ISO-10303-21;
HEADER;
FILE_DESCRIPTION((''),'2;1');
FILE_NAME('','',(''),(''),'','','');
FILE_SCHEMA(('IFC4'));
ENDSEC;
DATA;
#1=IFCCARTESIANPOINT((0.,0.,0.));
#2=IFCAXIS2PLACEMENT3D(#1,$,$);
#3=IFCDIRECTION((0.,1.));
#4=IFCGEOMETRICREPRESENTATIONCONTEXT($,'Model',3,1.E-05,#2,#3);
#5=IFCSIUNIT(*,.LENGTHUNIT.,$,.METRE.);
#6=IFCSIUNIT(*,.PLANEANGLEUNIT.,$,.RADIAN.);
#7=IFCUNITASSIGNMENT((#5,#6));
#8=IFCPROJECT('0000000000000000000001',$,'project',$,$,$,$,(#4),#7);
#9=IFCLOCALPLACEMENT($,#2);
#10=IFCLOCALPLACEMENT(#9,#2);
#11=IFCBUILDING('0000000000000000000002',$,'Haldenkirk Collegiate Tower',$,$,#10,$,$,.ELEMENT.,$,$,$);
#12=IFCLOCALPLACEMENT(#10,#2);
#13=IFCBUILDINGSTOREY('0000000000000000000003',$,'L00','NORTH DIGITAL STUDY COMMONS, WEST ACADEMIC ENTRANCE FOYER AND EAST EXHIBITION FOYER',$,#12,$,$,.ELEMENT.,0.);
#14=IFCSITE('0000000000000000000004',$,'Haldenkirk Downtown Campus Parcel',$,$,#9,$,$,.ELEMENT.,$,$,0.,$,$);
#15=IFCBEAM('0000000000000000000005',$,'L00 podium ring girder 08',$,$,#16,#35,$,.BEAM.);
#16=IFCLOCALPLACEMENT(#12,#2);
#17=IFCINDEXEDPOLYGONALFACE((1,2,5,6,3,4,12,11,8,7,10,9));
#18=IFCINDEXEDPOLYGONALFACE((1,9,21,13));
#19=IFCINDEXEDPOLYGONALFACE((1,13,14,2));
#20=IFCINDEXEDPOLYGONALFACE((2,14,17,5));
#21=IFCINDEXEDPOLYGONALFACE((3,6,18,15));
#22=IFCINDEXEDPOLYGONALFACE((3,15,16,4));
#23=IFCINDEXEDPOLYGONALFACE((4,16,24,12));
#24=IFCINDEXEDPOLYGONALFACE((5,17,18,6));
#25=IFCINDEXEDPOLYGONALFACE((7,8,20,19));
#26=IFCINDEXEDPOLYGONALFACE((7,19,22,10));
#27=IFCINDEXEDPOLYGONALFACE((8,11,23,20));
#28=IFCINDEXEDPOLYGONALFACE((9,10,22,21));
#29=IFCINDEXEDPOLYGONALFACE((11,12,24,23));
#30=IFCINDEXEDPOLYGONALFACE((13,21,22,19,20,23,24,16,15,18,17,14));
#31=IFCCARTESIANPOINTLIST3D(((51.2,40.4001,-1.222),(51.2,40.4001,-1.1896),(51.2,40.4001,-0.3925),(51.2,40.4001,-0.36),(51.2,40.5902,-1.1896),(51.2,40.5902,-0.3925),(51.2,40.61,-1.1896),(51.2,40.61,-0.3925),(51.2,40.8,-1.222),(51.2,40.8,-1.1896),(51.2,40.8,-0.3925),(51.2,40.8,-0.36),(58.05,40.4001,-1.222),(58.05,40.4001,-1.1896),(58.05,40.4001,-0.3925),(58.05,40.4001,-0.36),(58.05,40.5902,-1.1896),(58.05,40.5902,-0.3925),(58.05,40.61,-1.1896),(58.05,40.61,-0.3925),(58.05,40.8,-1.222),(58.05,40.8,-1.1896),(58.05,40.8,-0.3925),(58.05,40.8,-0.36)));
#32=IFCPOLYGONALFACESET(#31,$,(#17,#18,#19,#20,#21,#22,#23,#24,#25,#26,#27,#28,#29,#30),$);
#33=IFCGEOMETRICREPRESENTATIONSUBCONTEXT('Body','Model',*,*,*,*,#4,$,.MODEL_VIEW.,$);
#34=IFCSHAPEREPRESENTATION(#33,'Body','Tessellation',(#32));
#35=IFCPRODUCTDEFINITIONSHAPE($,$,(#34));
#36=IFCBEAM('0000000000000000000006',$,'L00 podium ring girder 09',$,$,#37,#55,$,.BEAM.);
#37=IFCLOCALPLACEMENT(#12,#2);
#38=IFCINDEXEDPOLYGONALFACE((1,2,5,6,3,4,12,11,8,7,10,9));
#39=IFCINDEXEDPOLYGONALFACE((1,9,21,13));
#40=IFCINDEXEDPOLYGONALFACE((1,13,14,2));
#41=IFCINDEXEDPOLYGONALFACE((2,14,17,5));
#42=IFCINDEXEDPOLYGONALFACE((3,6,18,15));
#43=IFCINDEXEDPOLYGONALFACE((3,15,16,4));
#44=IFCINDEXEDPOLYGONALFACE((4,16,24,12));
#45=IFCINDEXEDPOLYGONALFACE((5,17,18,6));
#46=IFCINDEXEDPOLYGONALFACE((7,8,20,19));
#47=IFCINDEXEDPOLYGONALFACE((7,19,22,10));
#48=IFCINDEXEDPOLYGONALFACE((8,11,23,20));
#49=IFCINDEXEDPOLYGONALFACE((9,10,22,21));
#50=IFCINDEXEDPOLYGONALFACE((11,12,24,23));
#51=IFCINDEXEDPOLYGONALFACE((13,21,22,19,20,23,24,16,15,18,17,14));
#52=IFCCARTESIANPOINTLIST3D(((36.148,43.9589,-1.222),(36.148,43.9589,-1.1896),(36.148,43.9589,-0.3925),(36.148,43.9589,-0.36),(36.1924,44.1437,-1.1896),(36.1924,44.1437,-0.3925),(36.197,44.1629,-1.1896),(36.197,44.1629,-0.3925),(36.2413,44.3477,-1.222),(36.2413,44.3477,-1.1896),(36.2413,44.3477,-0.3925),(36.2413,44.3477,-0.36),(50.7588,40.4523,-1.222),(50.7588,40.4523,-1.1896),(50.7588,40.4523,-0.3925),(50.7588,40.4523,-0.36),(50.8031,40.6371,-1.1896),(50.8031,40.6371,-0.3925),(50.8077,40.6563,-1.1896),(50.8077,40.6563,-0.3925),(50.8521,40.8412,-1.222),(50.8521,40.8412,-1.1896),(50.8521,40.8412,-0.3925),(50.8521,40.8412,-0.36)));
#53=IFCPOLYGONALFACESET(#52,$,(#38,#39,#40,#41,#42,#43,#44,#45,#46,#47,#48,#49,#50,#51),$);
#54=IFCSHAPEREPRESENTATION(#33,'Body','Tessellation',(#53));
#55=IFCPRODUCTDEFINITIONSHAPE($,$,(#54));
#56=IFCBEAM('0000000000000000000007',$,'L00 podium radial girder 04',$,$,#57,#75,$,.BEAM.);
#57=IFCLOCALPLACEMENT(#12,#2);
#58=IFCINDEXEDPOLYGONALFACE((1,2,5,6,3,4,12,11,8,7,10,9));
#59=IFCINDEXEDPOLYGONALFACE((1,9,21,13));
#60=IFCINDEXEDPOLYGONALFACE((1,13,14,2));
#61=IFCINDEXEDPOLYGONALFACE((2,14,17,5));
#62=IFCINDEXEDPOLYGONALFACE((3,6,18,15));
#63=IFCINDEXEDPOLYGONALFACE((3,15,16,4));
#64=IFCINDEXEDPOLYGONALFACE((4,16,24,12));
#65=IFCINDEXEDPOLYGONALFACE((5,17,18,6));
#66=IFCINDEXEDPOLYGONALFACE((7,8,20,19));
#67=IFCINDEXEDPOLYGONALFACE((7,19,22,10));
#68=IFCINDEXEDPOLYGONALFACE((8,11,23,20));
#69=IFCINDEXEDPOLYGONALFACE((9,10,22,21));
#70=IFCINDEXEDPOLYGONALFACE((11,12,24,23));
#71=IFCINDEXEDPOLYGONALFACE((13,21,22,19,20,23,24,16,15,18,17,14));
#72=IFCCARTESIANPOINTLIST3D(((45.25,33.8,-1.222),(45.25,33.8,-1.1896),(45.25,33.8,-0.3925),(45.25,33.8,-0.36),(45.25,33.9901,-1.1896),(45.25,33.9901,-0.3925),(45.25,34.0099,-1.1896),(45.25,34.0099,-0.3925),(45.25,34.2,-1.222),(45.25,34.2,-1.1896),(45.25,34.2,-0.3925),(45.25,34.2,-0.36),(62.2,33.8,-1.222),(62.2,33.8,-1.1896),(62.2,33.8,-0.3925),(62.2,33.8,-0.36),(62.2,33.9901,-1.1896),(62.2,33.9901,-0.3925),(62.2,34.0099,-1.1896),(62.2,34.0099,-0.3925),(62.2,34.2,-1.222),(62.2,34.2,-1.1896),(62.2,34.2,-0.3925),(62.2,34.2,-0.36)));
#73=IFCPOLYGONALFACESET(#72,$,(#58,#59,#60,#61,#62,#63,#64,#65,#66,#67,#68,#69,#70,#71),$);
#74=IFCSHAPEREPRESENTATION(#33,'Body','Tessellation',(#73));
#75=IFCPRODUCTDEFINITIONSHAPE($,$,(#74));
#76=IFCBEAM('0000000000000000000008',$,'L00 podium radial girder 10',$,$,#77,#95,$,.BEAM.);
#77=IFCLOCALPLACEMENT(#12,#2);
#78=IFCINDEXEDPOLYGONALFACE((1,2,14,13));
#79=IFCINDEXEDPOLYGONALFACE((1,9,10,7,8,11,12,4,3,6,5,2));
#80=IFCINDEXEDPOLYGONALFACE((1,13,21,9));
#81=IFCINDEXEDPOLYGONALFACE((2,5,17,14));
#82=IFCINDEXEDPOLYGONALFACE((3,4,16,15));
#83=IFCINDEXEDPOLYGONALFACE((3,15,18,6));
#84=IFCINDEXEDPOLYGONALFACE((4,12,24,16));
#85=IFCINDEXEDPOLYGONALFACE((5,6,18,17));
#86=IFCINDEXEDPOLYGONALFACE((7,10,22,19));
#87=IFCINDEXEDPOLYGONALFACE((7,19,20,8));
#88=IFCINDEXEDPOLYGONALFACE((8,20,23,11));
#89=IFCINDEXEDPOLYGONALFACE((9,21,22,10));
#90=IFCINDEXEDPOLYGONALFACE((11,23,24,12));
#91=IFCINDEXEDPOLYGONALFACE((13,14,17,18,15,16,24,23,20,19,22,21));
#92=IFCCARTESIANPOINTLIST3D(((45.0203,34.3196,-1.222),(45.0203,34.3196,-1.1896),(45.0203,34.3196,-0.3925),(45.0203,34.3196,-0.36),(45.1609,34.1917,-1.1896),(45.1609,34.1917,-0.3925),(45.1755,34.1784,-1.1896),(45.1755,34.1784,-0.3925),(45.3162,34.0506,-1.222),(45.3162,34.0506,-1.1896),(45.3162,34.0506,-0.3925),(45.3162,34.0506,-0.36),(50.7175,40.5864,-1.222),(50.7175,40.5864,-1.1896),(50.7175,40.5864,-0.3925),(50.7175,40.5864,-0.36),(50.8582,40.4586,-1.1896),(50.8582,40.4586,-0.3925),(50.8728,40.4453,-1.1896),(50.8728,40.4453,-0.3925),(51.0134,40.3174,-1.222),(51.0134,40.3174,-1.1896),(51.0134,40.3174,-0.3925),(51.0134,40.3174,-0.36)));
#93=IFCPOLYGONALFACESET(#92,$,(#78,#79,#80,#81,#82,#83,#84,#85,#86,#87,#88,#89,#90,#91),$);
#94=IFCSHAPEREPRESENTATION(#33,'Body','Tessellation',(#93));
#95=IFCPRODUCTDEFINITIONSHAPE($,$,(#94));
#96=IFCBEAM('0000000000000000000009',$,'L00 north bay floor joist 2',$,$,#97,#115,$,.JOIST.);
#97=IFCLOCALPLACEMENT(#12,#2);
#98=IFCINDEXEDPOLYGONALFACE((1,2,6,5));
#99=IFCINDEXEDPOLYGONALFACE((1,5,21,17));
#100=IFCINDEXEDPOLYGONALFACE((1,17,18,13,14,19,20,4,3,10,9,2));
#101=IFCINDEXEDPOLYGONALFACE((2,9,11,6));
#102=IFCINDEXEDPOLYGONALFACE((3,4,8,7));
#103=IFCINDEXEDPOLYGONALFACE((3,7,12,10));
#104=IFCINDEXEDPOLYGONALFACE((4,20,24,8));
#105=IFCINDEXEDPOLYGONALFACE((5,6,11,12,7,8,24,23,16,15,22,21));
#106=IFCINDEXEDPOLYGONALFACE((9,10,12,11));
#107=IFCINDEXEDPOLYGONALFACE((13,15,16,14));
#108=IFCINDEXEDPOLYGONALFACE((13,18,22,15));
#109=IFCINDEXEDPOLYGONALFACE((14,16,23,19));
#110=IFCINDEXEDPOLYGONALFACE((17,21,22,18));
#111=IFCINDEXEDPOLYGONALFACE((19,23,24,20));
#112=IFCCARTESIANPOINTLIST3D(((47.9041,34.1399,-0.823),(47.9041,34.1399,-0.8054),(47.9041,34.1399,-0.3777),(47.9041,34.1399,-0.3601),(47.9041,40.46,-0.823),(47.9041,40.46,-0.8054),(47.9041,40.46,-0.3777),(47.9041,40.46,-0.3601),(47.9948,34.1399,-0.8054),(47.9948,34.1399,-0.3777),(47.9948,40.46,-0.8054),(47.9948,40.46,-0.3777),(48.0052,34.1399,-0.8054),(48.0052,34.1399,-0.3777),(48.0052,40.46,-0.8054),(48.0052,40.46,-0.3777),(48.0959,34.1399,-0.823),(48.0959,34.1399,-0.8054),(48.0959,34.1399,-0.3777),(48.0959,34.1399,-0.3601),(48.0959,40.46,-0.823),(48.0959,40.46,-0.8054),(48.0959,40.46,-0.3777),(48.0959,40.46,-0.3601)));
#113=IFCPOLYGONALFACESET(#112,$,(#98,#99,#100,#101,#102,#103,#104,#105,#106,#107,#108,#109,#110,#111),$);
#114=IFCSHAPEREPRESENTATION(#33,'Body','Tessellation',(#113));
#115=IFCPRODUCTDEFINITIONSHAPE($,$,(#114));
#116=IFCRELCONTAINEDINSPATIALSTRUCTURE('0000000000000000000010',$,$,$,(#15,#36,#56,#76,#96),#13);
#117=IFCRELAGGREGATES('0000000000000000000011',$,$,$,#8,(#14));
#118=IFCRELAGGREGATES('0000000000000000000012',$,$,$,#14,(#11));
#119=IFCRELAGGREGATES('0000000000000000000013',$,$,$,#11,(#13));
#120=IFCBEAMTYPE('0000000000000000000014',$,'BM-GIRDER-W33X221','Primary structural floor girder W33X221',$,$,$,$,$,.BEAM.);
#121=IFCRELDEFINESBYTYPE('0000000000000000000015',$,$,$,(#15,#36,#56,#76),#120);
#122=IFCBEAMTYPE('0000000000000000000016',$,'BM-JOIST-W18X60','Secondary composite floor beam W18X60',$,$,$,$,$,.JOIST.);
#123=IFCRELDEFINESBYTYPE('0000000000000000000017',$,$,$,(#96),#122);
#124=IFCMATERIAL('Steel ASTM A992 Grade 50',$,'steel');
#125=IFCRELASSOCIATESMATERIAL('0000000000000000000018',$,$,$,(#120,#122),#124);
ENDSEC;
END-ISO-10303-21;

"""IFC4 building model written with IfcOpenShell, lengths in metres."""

from ifc_helpers import new_model, si_unit, direction, frame, origin, origin_2d, place, context, subcontext, project, spatial, i_section, extrude, material, material_profile, profile_set, type_object, element, save


model = new_model("IFC4")

# Units and contexts
model_context = context("Model", 3, precision=1e-05, world=origin(), true_north=direction((0.0, 1.0)))
body_context = subcontext(model_context, "Body", "Model", "MODEL_VIEW")
ifc_project = project(units=[si_unit("LENGTHUNIT", "METRE"), si_unit("PLANEANGLEUNIT", "RADIAN")], contexts=[model_context])

# Site, building, storey
site_placement = place(None, origin())
site = spatial("IfcSite", under=ifc_project, at=site_placement, Name="Haldenkirk Downtown Campus Parcel", CompositionType="ELEMENT", RefElevation=0.0)
building_placement = place(site_placement, origin())
building = spatial("IfcBuilding", under=site, at=building_placement, Name="Haldenkirk Collegiate Tower", CompositionType="ELEMENT")
storey_placement = place(building_placement, origin())
storey = spatial("IfcBuildingStorey", under=building, at=storey_placement, Name="L00", Description="NORTH DIGITAL STUDY COMMONS, WEST ACADEMIC ENTRANCE FOYER AND EAST EXHIBITION FOYER", CompositionType="ELEMENT", Elevation=0.0)

# Beams
ifc_material_1 = material(Name="Steel ASTM A992 Grade 50", Category="steel")
ifc_material_profile_1 = material_profile(ifc_material_1, i_section(OverallWidth=0.3999, OverallDepth=0.8621, WebThickness=0.0198, FlangeThickness=0.0325, at=origin_2d()), Name="W33X221")
ifc_profile_set_1 = profile_set([ifc_material_profile_1], Name="Steel ASTM A992 Grade 50")
beam_type_1 = type_object("IfcBeamType", Name="BM-GIRDER-W33X221", Description="Primary structural floor girder W33X221", PredefinedType="BEAM", material=ifc_profile_set_1)
beam_1_placement = place(storey_placement, frame((58.05, 40.6001, -0.791), z_axis=(-1.0, 0.0, 0.0), x_axis=(0.0, -1.0, 0.0)))
element("IfcBeam", 1, at=beam_1_placement, inside=storey, type_object=beam_type_1, Name="L00 podium ring girder 08", PredefinedType="BEAM", context=body_context, shape_type="SweptSolid", body=[
    extrude(i_section(OverallWidth=0.3999, OverallDepth=0.8621, WebThickness=0.0198, FlangeThickness=0.0325, at=origin_2d()), origin(), (0.0, 0.0, 1.0), 6.8501),
])
beam_2_placement = place(storey_placement, frame((50.8054, 40.6467, -0.791), z_axis=(-0.972387, 0.233372, 0.0), x_axis=(-0.233372, -0.972387, 0.0)))
element("IfcBeam", 2, at=beam_2_placement, inside=storey, type_object=beam_type_1, Name="L00 podium ring girder 09", PredefinedType="BEAM", context=body_context, shape_type="SweptSolid", body=[
    extrude(i_section(OverallWidth=0.3999, OverallDepth=0.8621, WebThickness=0.0198, FlangeThickness=0.0325, at=origin_2d()), origin(), (0.0, 0.0, 1.0), 15.0256),
])
beam_3_placement = place(storey_placement, frame((62.2, 34.0, -0.791), z_axis=(-1.0, 0.0, 0.0), x_axis=(0.0, -1.0, 0.0)))
element("IfcBeam", 3, at=beam_3_placement, inside=storey, type_object=beam_type_1, Name="L00 podium radial girder 04", PredefinedType="BEAM", context=body_context, shape_type="SweptSolid", body=[
    extrude(i_section(OverallWidth=0.3999, OverallDepth=0.8621, WebThickness=0.0198, FlangeThickness=0.0325, at=origin_2d()), origin(), (0.0, 0.0, 1.0), 16.95),
])
beam_4_placement = place(storey_placement, frame((50.8655, 40.4519, -0.791), z_axis=(-0.672681, -0.739932, 0.0), x_axis=(0.739932, -0.672681, 0.0)))
element("IfcBeam", 4, at=beam_4_placement, inside=storey, type_object=beam_type_1, Name="L00 podium radial girder 10", PredefinedType="BEAM", context=body_context, shape_type="SweptSolid", body=[
    extrude(i_section(OverallWidth=0.3999, OverallDepth=0.8621, WebThickness=0.0198, FlangeThickness=0.0325, at=origin_2d()), origin(), (0.0, 0.0, 1.0), 8.4695),
])
ifc_material_profile_2 = material_profile(ifc_material_1, i_section(OverallWidth=0.1919, OverallDepth=0.4629, WebThickness=0.0105, FlangeThickness=0.0176, at=origin_2d()), Name="W18X60")
ifc_profile_set_2 = profile_set([ifc_material_profile_2], Name="Steel ASTM A992 Grade 50")
beam_type_2 = type_object("IfcBeamType", Name="BM-JOIST-W18X60", Description="Secondary composite floor beam W18X60", PredefinedType="JOIST", material=ifc_profile_set_2)
beam_5_placement = place(storey_placement, frame((48.0, 34.1399, -0.5916), z_axis=(0.0, 1.0, 0.0), x_axis=(-1.0, 0.0, 0.0)))
element("IfcBeam", 5, at=beam_5_placement, inside=storey, type_object=beam_type_2, Name="L00 north bay floor joist 2", PredefinedType="JOIST", context=body_context, shape_type="SweptSolid", body=[
    extrude(i_section(OverallWidth=0.1919, OverallDepth=0.4629, WebThickness=0.0105, FlangeThickness=0.0176, at=origin_2d()), origin(), (0.0, 0.0, 1.0), 6.3201),
])

save(model, "model.ifc")
